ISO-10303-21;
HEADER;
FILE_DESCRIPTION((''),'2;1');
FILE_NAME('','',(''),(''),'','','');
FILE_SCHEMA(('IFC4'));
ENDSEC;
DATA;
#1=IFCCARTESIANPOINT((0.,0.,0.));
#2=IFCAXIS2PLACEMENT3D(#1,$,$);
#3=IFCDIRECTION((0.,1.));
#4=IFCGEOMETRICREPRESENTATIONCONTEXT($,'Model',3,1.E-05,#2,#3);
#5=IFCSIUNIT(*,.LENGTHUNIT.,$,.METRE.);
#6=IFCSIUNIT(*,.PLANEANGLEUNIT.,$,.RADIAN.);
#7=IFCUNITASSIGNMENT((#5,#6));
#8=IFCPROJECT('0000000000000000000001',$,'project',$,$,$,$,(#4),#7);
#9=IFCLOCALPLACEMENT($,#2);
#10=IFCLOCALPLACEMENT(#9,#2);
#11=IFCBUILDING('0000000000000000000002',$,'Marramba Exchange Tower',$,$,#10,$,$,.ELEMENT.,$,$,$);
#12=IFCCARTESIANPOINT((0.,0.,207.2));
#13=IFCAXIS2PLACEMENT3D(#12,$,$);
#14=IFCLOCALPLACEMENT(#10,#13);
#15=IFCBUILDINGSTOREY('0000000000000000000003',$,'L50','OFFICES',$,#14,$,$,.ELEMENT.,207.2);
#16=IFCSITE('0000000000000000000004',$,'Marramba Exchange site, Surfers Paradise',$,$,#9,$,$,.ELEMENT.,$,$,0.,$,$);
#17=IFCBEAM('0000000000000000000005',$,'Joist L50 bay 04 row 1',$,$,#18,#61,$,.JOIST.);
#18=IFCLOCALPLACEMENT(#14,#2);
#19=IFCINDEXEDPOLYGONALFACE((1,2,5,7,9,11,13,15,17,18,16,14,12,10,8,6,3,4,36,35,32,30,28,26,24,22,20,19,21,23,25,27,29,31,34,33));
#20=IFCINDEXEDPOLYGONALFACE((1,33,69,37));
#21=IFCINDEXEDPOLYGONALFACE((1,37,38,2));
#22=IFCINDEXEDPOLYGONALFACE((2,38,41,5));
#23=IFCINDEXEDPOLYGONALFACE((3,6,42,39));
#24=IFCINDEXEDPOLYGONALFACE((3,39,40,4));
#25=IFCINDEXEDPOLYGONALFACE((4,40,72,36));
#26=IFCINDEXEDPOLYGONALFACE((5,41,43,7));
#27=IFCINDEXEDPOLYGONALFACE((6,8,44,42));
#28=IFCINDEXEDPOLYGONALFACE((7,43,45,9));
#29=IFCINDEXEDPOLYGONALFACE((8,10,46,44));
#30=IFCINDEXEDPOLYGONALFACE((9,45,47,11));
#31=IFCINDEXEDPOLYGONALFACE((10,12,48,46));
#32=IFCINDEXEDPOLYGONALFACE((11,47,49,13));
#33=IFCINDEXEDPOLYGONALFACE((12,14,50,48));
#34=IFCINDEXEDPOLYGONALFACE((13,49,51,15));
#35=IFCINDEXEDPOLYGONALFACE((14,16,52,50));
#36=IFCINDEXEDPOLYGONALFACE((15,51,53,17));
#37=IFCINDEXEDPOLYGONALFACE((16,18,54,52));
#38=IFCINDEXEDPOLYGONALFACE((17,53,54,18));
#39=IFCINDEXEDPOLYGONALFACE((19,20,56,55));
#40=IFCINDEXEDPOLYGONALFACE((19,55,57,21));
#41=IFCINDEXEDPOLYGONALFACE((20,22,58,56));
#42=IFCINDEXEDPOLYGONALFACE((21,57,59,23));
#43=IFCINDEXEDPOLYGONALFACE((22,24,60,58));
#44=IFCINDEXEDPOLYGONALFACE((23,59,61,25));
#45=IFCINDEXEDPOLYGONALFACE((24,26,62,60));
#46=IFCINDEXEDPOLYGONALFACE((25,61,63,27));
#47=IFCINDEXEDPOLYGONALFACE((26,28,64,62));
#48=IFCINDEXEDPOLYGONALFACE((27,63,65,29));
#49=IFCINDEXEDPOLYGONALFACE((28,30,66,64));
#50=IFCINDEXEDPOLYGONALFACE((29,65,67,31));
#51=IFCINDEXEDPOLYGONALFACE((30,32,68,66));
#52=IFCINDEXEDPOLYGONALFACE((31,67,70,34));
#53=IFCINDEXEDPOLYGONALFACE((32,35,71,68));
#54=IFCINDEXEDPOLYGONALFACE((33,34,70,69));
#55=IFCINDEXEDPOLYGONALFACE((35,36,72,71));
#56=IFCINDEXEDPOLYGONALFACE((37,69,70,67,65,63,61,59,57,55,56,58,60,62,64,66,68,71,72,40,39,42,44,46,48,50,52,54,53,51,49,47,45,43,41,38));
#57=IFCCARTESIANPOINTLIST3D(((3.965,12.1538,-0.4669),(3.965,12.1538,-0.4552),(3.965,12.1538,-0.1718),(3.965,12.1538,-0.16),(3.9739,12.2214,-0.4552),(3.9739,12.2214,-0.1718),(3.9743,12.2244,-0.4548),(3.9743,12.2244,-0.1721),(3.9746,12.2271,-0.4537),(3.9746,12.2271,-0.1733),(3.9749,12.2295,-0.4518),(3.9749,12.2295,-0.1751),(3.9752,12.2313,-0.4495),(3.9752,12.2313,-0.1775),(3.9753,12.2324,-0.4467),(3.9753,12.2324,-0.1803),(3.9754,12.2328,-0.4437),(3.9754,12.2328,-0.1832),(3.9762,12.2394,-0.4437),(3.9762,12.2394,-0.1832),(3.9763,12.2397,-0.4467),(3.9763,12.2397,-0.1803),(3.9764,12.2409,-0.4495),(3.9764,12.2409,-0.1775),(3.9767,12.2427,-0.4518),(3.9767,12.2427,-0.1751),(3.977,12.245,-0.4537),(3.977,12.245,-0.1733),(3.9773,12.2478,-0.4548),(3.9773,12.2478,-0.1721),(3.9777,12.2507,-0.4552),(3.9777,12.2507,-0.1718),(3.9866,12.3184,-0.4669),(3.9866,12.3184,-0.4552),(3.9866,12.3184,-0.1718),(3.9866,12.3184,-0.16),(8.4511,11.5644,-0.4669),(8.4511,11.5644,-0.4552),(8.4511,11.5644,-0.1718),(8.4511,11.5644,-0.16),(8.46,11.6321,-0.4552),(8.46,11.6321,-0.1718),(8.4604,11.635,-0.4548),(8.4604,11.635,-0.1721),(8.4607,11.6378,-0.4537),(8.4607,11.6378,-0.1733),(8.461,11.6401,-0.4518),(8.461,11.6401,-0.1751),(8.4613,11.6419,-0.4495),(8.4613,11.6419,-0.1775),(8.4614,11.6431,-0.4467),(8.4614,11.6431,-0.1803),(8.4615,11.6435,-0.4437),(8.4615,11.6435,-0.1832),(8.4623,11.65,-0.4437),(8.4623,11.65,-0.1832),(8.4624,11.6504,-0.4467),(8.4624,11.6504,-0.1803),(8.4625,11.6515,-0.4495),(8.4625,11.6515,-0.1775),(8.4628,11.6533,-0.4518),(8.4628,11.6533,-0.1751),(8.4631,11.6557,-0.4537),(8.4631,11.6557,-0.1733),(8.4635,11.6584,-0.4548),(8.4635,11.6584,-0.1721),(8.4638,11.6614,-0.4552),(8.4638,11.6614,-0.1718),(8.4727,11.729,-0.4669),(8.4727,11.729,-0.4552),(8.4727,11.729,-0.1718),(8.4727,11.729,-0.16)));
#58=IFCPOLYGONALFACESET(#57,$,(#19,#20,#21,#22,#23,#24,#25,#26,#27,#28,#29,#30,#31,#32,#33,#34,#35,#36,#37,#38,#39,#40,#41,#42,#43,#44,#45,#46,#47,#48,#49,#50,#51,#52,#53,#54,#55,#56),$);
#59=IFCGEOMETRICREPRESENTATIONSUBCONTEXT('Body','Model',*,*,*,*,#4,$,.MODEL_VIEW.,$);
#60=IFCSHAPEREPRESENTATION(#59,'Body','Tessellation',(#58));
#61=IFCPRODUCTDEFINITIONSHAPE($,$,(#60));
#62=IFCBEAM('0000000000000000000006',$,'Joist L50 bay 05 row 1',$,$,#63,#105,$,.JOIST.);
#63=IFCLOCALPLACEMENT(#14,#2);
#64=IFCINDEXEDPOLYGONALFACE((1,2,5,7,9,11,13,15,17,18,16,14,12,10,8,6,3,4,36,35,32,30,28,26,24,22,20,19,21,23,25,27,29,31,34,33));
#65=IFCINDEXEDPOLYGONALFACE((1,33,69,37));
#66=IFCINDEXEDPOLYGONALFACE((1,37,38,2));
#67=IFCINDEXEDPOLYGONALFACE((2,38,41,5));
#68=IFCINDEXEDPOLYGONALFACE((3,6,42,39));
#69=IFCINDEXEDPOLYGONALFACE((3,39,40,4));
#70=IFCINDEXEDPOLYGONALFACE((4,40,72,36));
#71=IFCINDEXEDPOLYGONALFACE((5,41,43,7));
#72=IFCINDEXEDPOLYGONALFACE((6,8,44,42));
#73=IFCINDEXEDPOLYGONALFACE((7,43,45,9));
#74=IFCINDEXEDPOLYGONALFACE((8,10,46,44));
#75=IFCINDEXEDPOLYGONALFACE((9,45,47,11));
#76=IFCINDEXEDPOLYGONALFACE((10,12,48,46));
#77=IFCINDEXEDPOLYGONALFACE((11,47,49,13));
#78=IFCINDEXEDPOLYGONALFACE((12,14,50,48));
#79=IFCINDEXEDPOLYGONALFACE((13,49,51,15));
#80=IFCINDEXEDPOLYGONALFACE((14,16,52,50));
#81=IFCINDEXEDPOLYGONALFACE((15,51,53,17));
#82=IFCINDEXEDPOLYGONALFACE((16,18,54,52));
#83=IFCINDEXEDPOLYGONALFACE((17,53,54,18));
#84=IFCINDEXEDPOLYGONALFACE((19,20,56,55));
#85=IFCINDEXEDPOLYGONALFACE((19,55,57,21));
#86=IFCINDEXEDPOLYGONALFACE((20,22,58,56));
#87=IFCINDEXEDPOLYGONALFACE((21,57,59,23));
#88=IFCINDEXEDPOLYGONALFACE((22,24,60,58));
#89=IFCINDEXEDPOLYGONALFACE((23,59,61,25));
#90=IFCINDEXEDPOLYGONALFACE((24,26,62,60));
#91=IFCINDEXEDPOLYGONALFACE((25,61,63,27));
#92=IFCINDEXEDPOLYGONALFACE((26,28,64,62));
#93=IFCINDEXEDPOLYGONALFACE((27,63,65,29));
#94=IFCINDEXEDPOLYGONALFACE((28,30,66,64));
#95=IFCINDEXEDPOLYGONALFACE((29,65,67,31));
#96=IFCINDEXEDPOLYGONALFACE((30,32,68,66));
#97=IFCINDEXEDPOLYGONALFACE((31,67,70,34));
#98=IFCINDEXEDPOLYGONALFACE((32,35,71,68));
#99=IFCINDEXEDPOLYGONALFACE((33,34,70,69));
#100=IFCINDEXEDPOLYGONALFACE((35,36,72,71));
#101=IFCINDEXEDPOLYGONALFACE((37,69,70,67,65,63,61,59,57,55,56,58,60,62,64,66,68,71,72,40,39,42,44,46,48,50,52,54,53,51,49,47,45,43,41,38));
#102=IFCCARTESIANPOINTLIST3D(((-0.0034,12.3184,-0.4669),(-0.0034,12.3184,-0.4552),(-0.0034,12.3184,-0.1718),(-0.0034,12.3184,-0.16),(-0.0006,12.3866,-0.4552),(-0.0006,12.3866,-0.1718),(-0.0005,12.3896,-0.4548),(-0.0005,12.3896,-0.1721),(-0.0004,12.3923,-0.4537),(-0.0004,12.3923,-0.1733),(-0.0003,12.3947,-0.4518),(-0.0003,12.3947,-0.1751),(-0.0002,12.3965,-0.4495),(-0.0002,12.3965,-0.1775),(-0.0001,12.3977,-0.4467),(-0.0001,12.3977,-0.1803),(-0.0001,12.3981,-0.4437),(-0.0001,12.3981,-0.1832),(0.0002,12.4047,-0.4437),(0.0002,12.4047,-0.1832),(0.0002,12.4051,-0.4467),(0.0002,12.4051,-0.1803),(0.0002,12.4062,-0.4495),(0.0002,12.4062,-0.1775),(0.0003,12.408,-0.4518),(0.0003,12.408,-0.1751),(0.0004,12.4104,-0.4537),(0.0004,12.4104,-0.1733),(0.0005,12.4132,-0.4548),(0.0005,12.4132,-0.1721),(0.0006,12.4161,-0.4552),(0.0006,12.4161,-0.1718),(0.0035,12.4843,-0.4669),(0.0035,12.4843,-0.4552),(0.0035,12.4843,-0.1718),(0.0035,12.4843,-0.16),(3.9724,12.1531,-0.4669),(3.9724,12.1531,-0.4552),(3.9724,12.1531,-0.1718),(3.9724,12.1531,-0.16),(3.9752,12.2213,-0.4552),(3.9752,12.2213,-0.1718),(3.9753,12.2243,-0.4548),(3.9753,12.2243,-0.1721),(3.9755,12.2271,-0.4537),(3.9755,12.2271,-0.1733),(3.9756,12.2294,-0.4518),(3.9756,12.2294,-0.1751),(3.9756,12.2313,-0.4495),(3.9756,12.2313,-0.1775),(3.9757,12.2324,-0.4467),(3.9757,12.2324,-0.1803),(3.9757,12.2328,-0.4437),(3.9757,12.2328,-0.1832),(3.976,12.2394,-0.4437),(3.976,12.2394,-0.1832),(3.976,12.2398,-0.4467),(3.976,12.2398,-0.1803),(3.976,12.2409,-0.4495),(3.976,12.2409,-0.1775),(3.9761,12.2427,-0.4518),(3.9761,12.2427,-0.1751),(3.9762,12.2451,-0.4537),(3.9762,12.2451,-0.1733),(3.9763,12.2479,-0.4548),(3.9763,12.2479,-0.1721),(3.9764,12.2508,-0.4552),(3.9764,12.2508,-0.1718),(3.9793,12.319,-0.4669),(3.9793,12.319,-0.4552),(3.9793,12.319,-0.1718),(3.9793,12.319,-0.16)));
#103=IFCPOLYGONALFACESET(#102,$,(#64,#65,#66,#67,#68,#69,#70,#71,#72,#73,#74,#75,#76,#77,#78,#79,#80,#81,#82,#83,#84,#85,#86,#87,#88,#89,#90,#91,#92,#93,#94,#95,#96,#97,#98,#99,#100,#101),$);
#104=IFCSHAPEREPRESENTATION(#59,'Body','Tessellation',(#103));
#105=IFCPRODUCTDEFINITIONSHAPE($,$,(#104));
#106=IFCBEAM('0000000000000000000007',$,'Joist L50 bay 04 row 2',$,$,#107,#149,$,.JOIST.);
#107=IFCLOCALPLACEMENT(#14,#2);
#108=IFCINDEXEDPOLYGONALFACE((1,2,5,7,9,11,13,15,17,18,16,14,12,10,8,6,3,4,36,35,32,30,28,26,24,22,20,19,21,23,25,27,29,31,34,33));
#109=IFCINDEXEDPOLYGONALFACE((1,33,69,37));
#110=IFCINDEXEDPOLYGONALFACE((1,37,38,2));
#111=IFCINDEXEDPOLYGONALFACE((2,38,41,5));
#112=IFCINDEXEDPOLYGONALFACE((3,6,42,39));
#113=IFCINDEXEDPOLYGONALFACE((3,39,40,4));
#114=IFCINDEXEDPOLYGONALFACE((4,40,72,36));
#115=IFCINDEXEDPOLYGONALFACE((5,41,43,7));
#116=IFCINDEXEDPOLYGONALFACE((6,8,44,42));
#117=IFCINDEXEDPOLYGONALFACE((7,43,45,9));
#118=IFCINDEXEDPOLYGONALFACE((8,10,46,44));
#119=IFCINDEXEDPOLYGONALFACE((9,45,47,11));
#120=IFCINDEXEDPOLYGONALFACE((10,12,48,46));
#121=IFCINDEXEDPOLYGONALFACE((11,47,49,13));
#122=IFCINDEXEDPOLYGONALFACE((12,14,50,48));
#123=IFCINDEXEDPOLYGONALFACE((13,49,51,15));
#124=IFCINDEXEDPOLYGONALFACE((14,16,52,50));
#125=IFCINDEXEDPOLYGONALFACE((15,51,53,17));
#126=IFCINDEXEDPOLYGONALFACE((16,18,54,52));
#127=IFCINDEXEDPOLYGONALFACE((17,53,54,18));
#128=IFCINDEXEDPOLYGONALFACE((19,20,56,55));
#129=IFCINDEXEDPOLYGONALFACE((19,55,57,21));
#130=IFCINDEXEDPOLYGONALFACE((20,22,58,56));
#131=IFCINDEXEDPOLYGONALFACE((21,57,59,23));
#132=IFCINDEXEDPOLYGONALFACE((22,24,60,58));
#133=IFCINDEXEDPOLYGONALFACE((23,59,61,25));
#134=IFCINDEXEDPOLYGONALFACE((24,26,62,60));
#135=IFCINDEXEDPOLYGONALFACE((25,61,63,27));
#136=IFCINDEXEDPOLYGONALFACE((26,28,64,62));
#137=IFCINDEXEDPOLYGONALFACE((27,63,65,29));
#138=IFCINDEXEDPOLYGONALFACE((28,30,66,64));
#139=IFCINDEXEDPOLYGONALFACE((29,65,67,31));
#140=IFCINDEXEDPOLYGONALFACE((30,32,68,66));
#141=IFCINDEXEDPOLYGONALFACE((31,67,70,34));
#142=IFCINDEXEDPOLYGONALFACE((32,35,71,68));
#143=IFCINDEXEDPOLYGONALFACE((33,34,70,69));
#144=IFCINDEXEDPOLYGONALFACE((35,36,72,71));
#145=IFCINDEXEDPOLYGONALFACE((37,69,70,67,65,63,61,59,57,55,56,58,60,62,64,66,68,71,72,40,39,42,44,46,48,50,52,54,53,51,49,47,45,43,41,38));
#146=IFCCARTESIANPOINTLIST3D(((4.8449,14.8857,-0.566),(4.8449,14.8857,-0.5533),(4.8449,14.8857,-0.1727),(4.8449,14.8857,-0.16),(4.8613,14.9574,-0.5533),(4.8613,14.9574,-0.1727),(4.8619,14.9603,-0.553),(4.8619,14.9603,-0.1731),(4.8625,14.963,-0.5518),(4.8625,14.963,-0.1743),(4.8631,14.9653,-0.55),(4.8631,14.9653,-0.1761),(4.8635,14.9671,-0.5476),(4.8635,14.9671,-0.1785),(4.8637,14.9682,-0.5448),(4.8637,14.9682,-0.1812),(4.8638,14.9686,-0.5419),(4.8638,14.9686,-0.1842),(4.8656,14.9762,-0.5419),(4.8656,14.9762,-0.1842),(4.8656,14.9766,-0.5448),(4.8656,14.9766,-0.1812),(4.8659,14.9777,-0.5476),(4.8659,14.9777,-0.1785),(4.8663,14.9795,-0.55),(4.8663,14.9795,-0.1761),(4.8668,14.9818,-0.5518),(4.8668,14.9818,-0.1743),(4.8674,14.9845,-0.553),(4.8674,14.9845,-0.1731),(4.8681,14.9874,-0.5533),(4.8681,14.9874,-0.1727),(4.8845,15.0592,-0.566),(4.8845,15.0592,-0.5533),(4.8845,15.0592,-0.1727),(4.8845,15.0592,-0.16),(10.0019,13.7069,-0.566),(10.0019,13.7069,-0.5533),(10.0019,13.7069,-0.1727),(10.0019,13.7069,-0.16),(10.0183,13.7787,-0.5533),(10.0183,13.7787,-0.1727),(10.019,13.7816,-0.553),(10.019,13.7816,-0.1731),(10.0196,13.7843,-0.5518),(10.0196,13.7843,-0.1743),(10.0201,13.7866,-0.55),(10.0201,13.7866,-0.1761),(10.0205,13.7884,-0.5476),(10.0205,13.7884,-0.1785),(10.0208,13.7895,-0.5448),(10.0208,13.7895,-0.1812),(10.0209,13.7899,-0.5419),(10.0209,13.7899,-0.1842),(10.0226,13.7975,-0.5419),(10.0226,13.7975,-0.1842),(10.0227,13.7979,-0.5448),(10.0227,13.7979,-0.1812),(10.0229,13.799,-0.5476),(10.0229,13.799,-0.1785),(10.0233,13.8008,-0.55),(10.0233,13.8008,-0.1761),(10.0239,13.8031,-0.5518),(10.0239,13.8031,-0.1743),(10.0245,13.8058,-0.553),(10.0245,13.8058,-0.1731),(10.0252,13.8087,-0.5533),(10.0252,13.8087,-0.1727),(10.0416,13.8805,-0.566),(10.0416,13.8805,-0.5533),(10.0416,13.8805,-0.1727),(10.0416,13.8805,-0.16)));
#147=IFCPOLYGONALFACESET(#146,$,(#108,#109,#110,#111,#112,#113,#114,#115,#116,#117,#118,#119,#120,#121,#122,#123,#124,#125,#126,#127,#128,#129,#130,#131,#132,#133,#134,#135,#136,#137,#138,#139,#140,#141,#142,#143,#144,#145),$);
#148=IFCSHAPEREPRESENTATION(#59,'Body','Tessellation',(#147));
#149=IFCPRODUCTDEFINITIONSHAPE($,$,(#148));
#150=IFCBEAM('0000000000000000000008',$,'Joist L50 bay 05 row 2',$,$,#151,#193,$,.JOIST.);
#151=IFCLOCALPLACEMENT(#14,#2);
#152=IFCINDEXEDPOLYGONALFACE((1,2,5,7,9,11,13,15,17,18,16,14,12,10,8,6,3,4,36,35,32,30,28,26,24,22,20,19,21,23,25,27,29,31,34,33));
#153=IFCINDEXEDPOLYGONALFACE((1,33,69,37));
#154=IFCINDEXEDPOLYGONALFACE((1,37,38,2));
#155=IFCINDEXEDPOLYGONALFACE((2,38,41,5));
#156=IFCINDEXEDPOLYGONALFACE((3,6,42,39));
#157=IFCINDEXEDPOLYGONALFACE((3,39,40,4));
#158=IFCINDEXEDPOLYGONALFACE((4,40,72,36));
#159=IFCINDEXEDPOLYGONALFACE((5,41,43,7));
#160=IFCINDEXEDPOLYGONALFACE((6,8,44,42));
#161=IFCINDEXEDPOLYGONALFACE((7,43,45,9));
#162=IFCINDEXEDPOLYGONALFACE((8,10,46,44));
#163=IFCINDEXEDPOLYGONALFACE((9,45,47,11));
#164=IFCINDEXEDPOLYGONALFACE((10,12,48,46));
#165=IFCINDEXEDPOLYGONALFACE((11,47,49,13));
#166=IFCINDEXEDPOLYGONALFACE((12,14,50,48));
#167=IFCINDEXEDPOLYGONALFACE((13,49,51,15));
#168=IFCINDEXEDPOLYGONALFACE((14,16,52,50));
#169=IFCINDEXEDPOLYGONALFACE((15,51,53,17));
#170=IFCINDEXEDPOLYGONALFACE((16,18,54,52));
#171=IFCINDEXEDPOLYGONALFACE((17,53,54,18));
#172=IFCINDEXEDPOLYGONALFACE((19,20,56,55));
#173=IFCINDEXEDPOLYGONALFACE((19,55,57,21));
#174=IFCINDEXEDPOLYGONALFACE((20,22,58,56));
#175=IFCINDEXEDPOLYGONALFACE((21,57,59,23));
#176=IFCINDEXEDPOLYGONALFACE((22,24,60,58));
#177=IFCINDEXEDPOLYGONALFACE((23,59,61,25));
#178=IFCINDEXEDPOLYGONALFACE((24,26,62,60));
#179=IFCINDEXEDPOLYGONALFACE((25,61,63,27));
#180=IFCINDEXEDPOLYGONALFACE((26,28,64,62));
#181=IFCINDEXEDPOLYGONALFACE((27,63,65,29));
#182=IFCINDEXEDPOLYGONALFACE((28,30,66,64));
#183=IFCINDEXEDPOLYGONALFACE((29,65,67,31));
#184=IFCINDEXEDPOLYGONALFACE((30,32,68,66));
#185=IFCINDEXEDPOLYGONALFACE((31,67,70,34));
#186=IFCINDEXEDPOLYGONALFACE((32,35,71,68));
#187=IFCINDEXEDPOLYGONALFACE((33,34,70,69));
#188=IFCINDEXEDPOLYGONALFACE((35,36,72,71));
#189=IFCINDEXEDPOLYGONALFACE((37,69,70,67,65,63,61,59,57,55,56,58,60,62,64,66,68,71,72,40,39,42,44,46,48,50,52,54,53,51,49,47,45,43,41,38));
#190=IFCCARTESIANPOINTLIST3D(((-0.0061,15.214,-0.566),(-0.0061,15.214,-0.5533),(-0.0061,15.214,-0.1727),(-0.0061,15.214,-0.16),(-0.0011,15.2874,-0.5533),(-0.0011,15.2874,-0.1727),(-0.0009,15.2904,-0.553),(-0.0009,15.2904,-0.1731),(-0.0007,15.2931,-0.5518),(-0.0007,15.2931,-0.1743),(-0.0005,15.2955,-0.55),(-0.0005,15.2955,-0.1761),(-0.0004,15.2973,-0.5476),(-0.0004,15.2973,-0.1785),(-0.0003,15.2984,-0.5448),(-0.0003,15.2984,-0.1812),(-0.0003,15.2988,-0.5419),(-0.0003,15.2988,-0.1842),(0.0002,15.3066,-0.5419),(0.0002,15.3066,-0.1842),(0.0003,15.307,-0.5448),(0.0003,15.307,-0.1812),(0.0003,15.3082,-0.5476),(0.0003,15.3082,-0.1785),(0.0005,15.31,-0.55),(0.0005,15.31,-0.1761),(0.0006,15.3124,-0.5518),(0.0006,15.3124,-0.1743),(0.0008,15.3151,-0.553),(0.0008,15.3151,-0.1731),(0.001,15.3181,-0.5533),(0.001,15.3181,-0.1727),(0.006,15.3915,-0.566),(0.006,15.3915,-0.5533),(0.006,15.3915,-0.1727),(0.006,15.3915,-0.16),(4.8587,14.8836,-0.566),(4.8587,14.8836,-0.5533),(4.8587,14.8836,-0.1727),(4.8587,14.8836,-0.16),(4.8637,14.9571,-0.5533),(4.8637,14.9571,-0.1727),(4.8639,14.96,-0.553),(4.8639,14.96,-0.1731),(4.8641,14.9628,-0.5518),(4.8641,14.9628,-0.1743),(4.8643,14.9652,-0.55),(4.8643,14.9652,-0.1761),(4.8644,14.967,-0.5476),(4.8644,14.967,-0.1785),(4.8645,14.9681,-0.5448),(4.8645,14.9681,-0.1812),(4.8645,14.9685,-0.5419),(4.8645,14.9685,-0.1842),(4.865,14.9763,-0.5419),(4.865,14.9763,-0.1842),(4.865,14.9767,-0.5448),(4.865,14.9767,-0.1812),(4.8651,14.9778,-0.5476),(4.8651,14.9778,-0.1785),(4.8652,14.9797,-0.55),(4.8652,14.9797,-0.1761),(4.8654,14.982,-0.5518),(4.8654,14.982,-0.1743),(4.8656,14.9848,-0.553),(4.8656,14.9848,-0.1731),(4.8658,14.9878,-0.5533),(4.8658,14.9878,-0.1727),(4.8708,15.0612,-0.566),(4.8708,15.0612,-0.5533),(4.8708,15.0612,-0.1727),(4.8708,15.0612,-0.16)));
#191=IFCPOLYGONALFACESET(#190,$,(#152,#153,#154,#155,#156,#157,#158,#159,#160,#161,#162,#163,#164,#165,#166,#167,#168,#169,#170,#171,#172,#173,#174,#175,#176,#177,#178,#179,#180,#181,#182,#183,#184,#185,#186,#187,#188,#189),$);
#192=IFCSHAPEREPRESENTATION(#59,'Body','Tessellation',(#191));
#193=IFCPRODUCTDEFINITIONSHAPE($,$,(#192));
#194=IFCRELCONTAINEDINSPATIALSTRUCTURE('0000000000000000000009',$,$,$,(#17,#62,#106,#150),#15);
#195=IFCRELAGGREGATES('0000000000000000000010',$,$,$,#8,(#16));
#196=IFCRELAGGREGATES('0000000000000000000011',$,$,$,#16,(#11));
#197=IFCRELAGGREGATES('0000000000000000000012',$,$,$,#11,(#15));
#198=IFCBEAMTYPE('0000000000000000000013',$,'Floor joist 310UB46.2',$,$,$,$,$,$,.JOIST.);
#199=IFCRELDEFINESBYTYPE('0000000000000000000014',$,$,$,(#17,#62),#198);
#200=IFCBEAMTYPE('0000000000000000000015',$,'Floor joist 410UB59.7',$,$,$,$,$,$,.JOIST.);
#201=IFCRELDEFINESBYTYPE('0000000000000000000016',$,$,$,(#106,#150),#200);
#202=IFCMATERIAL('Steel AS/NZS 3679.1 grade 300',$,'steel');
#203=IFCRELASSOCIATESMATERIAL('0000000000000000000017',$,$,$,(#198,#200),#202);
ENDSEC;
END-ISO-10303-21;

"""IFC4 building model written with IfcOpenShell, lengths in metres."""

from ifc_helpers import new_model, si_unit, direction, frame, origin, origin_2d, place, context, subcontext, project, spatial, i_section, extrude, material, material_profile, profile_set, type_object, element, save


model = new_model("IFC4")

# Units and contexts
model_context = context("Model", 3, precision=1e-05, world=origin(), true_north=direction((0.0, 1.0)))
body_context = subcontext(model_context, "Body", "Model", "MODEL_VIEW")
ifc_project = project(units=[si_unit("LENGTHUNIT", "METRE"), si_unit("PLANEANGLEUNIT", "RADIAN")], contexts=[model_context])

# Site, building, storey
site_placement = place(None, origin())
site = spatial("IfcSite", under=ifc_project, at=site_placement, Name="Marramba Exchange site, Surfers Paradise", CompositionType="ELEMENT", RefElevation=0.0)
building_placement = place(site_placement, origin())
building = spatial("IfcBuilding", under=site, at=building_placement, Name="Marramba Exchange Tower", CompositionType="ELEMENT")
storey_placement = place(building_placement, frame((0.0, 0.0, 207.2)))
storey = spatial("IfcBuildingStorey", under=building, at=storey_placement, Name="L50", Description="OFFICES", CompositionType="ELEMENT", Elevation=207.2)

# Beams
ifc_material_1 = material(Name="Steel AS/NZS 3679.1 grade 300", Category="steel")
ifc_material_profile_1 = material_profile(ifc_material_1, i_section(OverallWidth=0.166, OverallDepth=0.3069, WebThickness=0.0066, FlangeThickness=0.0117, FilletRadius=0.0115, at=origin_2d()), Name="310UB46.2")
ifc_profile_set_1 = profile_set([ifc_material_profile_1], Name="Steel AS/NZS 3679.1 grade 300")
beam_type_1 = type_object("IfcBeamType", Name="Floor joist 310UB46.2", PredefinedType="JOIST", material=ifc_profile_set_1)
beam_1_placement = place(storey_placement, frame((8.4619, 11.6467, -0.3135), z_axis=(-0.991481, 0.130255, 0.0), x_axis=(-0.130255, -0.991481, 0.0)))
element("IfcBeam", 1, at=beam_1_placement, inside=storey, type_object=beam_type_1, Name="Joist L50 bay 04 row 1", PredefinedType="JOIST", context=body_context, shape_type="SweptSolid", body=[
    extrude(i_section(OverallWidth=0.166, OverallDepth=0.3069, WebThickness=0.0066, FlangeThickness=0.0117, FilletRadius=0.0115, at=origin_2d()), origin(), (0.0, 0.0, 1.0), 4.5247),
])
beam_2_placement = place(storey_placement, frame((3.9758, 12.2361, -0.3135), z_axis=(-0.999137, 0.041536, 0.0), x_axis=(-0.041536, -0.999137, 0.0)))
element("IfcBeam", 2, at=beam_2_placement, inside=storey, type_object=beam_type_1, Name="Joist L50 bay 05 row 1", PredefinedType="JOIST", context=body_context, shape_type="SweptSolid", body=[
    extrude(i_section(OverallWidth=0.166, OverallDepth=0.3069, WebThickness=0.0066, FlangeThickness=0.0117, FilletRadius=0.0115, at=origin_2d()), origin(), (0.0, 0.0, 1.0), 3.9792),
])
ifc_material_profile_2 = material_profile(ifc_material_1, i_section(OverallWidth=0.178, OverallDepth=0.406, WebThickness=0.0078, FlangeThickness=0.0127, FilletRadius=0.0115, at=origin_2d()), Name="410UB59.7")
ifc_profile_set_2 = profile_set([ifc_material_profile_2], Name="Steel AS/NZS 3679.1 grade 300")
beam_type_2 = type_object("IfcBeamType", Name="Floor joist 410UB59.7", PredefinedType="JOIST", material=ifc_profile_set_2)
beam_3_placement = place(storey_placement, frame((10.0217, 13.7937, -0.363), z_axis=(-0.97486, 0.22282, 0.0), x_axis=(-0.22282, -0.97486, 0.0)))
element("IfcBeam", 3, at=beam_3_placement, inside=storey, type_object=beam_type_2, Name="Joist L50 bay 04 row 2", PredefinedType="JOIST", context=body_context, shape_type="SweptSolid", body=[
    extrude(i_section(OverallWidth=0.178, OverallDepth=0.406, WebThickness=0.0078, FlangeThickness=0.0127, FilletRadius=0.0115, at=origin_2d()), origin(), (0.0, 0.0, 1.0), 5.29),
])
beam_4_placement = place(storey_placement, frame((4.8647, 14.9724, -0.363), z_axis=(-0.997703, 0.067745, 0.0), x_axis=(-0.067745, -0.997703, 0.0)))
element("IfcBeam", 4, at=beam_4_placement, inside=storey, type_object=beam_type_2, Name="Joist L50 bay 05 row 2", PredefinedType="JOIST", context=body_context, shape_type="SweptSolid", body=[
    extrude(i_section(OverallWidth=0.178, OverallDepth=0.406, WebThickness=0.0078, FlangeThickness=0.0127, FilletRadius=0.0115, at=origin_2d()), origin(), (0.0, 0.0, 1.0), 4.876),
])

save(model, "model.ifc")
